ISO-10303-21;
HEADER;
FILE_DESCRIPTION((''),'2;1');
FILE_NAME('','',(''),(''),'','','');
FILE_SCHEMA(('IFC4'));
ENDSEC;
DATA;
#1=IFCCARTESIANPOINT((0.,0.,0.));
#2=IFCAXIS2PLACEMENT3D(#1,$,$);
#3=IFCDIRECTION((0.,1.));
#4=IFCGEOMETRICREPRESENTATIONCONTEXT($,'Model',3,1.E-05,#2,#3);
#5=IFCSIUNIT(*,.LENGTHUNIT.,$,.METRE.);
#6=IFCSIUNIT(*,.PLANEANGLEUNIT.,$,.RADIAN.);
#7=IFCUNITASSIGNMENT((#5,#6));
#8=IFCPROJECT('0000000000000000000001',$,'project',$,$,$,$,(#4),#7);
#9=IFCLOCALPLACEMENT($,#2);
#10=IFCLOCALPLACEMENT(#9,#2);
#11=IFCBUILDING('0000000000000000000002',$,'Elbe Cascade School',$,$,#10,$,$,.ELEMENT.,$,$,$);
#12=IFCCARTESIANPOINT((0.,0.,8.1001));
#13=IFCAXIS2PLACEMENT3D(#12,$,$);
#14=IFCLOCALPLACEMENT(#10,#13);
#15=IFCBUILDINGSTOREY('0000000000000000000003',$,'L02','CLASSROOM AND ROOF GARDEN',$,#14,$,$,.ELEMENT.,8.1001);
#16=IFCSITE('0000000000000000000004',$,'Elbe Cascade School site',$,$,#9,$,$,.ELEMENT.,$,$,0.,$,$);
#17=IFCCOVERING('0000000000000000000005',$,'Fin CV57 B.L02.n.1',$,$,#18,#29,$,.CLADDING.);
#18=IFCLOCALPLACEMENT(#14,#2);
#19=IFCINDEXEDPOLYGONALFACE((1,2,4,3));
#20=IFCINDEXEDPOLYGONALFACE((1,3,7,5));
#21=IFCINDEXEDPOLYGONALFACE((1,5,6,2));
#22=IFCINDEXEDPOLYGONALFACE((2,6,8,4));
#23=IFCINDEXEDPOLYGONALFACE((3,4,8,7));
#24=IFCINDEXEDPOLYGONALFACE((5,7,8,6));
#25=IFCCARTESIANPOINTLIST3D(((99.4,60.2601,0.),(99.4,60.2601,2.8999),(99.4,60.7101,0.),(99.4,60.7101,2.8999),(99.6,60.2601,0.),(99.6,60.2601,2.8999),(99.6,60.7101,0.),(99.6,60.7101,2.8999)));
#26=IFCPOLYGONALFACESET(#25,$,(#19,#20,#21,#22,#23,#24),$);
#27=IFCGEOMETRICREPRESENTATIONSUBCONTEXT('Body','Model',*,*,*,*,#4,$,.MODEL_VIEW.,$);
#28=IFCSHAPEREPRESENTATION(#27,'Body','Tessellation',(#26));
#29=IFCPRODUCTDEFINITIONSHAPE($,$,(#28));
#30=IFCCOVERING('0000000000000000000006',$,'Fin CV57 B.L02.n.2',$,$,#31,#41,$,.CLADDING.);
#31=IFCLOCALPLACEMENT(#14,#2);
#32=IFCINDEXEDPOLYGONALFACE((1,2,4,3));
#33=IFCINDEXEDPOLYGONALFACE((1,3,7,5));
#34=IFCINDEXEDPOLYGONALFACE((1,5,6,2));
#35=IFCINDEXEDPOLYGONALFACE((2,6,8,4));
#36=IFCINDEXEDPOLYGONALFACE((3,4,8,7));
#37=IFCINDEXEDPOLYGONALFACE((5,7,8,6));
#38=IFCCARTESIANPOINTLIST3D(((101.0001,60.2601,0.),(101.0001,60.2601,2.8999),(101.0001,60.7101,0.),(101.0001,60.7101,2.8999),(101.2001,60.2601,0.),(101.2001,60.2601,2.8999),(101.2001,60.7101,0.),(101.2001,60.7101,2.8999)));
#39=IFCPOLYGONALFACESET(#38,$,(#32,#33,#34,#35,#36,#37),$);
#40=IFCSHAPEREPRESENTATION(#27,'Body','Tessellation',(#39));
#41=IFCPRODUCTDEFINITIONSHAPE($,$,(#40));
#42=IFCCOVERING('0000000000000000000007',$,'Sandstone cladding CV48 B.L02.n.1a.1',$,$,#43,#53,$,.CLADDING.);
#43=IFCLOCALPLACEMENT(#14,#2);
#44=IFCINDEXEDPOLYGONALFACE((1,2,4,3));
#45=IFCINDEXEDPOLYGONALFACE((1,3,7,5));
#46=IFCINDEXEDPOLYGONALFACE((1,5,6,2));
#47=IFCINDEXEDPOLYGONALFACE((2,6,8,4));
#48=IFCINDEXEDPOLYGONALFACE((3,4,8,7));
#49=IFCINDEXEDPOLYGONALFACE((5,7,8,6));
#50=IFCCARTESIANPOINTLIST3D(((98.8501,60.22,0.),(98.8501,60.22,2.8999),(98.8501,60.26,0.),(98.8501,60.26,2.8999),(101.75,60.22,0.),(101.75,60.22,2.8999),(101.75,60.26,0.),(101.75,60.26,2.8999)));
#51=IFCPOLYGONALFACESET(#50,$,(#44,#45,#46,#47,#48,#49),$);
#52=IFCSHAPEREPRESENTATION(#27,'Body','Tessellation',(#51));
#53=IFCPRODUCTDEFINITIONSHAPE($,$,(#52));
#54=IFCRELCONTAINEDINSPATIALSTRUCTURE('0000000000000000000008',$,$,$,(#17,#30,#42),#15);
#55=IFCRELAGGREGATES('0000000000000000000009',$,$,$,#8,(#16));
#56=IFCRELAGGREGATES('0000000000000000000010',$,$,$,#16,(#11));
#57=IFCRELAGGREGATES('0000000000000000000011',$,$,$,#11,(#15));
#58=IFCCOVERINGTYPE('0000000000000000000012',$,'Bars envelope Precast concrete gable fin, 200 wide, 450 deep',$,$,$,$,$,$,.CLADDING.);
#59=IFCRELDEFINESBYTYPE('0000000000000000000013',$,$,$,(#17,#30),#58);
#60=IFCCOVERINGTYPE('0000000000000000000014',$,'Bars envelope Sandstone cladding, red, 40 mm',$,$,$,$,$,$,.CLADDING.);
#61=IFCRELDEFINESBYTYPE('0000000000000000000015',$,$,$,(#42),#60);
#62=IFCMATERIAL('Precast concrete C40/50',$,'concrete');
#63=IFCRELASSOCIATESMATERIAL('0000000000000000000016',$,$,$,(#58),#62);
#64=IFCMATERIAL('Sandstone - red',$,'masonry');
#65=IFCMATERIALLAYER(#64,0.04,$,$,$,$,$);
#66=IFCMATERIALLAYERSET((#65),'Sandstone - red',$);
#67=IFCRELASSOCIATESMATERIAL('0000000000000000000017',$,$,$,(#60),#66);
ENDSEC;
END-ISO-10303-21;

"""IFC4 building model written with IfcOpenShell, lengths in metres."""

from ifc_helpers import new_model, si_unit, direction, frame, origin, origin_2d, place, context, subcontext, project, spatial, rectangle, extrude, material, layer, layer_set, type_object, element, save


model = new_model("IFC4")

# Units and contexts
model_context = context("Model", 3, precision=1e-05, world=origin(), true_north=direction((0.0, 1.0)))
body_context = subcontext(model_context, "Body", "Model", "MODEL_VIEW")
ifc_project = project(units=[si_unit("LENGTHUNIT", "METRE"), si_unit("PLANEANGLEUNIT", "RADIAN")], contexts=[model_context])

# Site, building, storey
site_placement = place(None, origin())
site = spatial("IfcSite", under=ifc_project, at=site_placement, Name="Elbe Cascade School site", CompositionType="ELEMENT", RefElevation=0.0)
building_placement = place(site_placement, origin())
building = spatial("IfcBuilding", under=site, at=building_placement, Name="Elbe Cascade School", CompositionType="ELEMENT")
storey_placement = place(building_placement, frame((0.0, 0.0, 8.1001)))
storey = spatial("IfcBuildingStorey", under=building, at=storey_placement, Name="L02", Description="CLASSROOM AND ROOF GARDEN", CompositionType="ELEMENT", Elevation=8.1001)

# Coverings
ifc_material_1 = material(Name="Precast concrete C40/50", Category="concrete")
covering_type_1 = type_object("IfcCoveringType", Name="Bars envelope Precast concrete gable fin, 200 wide, 450 deep", PredefinedType="CLADDING", material=ifc_material_1)
for number, where, z_axis, x_axis, name in (
    (1, (99.5, 60.4851, 0.0), (0.0, 0.0, 1.0), (1.0, 0.0, 0.0), "Fin CV57 B.L02.n.1"),
    (2, (101.1001, 60.4851, 0.0), (0.0, 0.0, 1.0), (1.0, 0.0, 0.0), "Fin CV57 B.L02.n.2"),
):
    element("IfcCovering", number, at=place(storey_placement, frame(where, z_axis=z_axis, x_axis=x_axis)), inside=storey, type_object=covering_type_1, Name=name, PredefinedType="CLADDING", context=body_context, shape_type="SweptSolid", body=[
        extrude(rectangle(XDim=0.2, YDim=0.45, at=origin_2d()), origin(), (0.0, 0.0, 1.0), 2.8999),
    ])
ifc_material_2 = material(Name="Sandstone - red", Category="masonry")
ifc_layer_1 = layer(ifc_material_2, 0.04)
ifc_layer_set_1 = layer_set([ifc_layer_1], Name="Sandstone - red")
covering_type_2 = type_object("IfcCoveringType", Name="Bars envelope Sandstone cladding, red, 40 mm", PredefinedType="CLADDING", material=ifc_layer_set_1)
covering_placement = place(storey_placement, frame((100.3, 60.24, 0.0), z_axis=(0.0, 0.0, 1.0), x_axis=(1.0, 0.0, 0.0)))
element("IfcCovering", 3, at=covering_placement, inside=storey, type_object=covering_type_2, Name="Sandstone cladding CV48 B.L02.n.1a.1", PredefinedType="CLADDING", context=body_context, shape_type="SweptSolid", body=[
    extrude(rectangle(XDim=2.8999, YDim=0.04, at=origin_2d()), origin(), (0.0, 0.0, 1.0), 2.8999),
])

save(model, "model.ifc")
